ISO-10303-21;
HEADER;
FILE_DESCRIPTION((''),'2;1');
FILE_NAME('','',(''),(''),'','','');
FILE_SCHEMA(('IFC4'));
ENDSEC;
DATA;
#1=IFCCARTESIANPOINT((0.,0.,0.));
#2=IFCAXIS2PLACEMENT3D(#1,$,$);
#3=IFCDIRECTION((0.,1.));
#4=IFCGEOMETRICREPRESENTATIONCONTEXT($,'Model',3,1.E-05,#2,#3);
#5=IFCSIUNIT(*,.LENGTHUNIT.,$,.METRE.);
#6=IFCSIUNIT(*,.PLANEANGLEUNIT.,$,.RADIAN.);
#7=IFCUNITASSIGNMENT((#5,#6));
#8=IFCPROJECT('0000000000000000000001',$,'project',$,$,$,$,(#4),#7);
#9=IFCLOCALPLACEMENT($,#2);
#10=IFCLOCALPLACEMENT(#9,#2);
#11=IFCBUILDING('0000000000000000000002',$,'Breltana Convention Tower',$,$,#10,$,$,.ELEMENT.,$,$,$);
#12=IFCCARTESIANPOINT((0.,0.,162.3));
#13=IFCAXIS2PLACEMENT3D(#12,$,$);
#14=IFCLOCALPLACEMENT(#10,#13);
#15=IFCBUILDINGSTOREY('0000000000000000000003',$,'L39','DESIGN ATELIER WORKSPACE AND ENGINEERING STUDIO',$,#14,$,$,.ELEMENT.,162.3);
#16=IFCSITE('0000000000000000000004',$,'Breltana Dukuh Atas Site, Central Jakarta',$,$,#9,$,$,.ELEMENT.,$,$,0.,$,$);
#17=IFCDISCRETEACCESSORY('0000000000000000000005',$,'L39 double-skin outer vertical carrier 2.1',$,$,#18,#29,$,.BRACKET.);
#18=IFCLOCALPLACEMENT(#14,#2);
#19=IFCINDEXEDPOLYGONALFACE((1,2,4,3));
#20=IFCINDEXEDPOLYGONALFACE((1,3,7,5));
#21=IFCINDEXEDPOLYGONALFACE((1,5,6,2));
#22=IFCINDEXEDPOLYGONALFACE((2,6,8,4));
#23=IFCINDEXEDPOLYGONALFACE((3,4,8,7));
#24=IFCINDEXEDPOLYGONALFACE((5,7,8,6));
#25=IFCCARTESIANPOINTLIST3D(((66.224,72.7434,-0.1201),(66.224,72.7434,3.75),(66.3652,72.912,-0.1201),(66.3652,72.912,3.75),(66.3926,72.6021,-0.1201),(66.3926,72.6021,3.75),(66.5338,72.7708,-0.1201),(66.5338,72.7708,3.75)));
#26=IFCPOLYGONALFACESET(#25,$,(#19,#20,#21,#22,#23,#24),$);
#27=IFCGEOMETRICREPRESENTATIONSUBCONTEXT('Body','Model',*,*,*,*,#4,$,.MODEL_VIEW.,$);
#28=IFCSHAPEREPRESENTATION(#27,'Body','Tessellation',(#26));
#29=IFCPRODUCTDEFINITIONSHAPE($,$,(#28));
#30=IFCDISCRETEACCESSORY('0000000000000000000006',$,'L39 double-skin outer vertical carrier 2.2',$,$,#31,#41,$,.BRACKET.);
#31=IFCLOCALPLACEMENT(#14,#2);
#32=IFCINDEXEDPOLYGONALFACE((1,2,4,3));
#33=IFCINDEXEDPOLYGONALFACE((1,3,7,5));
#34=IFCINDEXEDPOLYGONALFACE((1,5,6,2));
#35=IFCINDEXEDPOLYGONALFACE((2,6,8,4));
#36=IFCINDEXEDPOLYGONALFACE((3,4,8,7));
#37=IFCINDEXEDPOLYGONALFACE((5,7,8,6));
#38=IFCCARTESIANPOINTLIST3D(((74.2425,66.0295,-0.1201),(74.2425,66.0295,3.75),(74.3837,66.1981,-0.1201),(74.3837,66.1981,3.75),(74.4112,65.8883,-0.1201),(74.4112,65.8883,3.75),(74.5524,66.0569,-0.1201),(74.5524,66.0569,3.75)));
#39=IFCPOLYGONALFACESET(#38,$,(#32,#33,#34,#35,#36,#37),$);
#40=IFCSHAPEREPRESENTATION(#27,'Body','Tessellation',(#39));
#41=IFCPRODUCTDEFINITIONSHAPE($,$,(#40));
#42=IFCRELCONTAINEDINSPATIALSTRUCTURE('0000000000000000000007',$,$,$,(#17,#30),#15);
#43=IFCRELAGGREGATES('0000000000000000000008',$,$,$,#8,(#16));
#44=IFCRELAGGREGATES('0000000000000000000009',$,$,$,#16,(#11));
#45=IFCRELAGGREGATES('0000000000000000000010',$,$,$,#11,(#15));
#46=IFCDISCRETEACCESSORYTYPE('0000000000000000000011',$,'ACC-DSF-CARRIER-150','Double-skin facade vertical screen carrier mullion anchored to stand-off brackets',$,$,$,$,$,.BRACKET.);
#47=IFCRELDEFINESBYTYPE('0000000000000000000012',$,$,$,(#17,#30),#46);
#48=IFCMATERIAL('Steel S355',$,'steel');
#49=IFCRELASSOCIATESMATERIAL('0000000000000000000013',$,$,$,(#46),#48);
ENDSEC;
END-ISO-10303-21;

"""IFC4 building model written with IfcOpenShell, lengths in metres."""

from ifc_helpers import new_model, si_unit, direction, frame, origin, origin_2d, place, context, subcontext, project, spatial, rectangle, extrude, source, transform, mapped, material, type_object, element, save


model = new_model("IFC4")

# Units and contexts
model_context = context("Model", 3, precision=1e-05, world=origin(), true_north=direction((0.0, 1.0)))
body_context = subcontext(model_context, "Body", "Model", "MODEL_VIEW")
ifc_project = project(units=[si_unit("LENGTHUNIT", "METRE"), si_unit("PLANEANGLEUNIT", "RADIAN")], contexts=[model_context])

# Site, building, storey
site_placement = place(None, origin())
site = spatial("IfcSite", under=ifc_project, at=site_placement, Name="Breltana Dukuh Atas Site, Central Jakarta", CompositionType="ELEMENT", RefElevation=0.0)
building_placement = place(site_placement, origin())
building = spatial("IfcBuilding", under=site, at=building_placement, Name="Breltana Convention Tower", CompositionType="ELEMENT")
storey_placement = place(building_placement, frame((0.0, 0.0, 162.3)))
storey = spatial("IfcBuildingStorey", under=building, at=storey_placement, Name="L39", Description="DESIGN ATELIER WORKSPACE AND ENGINEERING STUDIO", CompositionType="ELEMENT", Elevation=162.3)

# Discrete accessories
ifc_material_1 = material(Name="Steel S355", Category="steel")
discrete_accessory_type_1 = type_object("IfcDiscreteAccessoryType", Name="ACC-DSF-CARRIER-150", Description="Double-skin facade vertical screen carrier mullion anchored to stand-off brackets", PredefinedType="BRACKET", material=ifc_material_1)
shared_shape_1 = source(origin(), body_context, "Body", "SweptSolid", [
    extrude(rectangle(XDim=0.22, YDim=0.22, at=origin_2d()), origin(), (0.0, 0.0, 1.0), 3.8701),
])
for number, where, z_axis, x_axis, name in (
    (1, (66.3789, 72.7571, -0.1201), (0.0, 0.0, 1.0), (0.641989, 0.766714, 0.0), "L39 double-skin outer vertical carrier 2.1"),
    (2, (74.3975, 66.0432, -0.1201), (0.0, 0.0, 1.0), (0.641989, 0.766714, 0.0), "L39 double-skin outer vertical carrier 2.2"),
):
    element("IfcDiscreteAccessory", number, at=place(storey_placement, frame(where, z_axis=z_axis, x_axis=x_axis)), inside=storey, type_object=discrete_accessory_type_1, Name=name, PredefinedType="BRACKET", context=body_context, shape_type="MappedRepresentation", body=[
        mapped(shared_shape_1, transform((0.0, 0.0, 0.0), scale=1.0)),
    ])

save(model, "model.ifc")
